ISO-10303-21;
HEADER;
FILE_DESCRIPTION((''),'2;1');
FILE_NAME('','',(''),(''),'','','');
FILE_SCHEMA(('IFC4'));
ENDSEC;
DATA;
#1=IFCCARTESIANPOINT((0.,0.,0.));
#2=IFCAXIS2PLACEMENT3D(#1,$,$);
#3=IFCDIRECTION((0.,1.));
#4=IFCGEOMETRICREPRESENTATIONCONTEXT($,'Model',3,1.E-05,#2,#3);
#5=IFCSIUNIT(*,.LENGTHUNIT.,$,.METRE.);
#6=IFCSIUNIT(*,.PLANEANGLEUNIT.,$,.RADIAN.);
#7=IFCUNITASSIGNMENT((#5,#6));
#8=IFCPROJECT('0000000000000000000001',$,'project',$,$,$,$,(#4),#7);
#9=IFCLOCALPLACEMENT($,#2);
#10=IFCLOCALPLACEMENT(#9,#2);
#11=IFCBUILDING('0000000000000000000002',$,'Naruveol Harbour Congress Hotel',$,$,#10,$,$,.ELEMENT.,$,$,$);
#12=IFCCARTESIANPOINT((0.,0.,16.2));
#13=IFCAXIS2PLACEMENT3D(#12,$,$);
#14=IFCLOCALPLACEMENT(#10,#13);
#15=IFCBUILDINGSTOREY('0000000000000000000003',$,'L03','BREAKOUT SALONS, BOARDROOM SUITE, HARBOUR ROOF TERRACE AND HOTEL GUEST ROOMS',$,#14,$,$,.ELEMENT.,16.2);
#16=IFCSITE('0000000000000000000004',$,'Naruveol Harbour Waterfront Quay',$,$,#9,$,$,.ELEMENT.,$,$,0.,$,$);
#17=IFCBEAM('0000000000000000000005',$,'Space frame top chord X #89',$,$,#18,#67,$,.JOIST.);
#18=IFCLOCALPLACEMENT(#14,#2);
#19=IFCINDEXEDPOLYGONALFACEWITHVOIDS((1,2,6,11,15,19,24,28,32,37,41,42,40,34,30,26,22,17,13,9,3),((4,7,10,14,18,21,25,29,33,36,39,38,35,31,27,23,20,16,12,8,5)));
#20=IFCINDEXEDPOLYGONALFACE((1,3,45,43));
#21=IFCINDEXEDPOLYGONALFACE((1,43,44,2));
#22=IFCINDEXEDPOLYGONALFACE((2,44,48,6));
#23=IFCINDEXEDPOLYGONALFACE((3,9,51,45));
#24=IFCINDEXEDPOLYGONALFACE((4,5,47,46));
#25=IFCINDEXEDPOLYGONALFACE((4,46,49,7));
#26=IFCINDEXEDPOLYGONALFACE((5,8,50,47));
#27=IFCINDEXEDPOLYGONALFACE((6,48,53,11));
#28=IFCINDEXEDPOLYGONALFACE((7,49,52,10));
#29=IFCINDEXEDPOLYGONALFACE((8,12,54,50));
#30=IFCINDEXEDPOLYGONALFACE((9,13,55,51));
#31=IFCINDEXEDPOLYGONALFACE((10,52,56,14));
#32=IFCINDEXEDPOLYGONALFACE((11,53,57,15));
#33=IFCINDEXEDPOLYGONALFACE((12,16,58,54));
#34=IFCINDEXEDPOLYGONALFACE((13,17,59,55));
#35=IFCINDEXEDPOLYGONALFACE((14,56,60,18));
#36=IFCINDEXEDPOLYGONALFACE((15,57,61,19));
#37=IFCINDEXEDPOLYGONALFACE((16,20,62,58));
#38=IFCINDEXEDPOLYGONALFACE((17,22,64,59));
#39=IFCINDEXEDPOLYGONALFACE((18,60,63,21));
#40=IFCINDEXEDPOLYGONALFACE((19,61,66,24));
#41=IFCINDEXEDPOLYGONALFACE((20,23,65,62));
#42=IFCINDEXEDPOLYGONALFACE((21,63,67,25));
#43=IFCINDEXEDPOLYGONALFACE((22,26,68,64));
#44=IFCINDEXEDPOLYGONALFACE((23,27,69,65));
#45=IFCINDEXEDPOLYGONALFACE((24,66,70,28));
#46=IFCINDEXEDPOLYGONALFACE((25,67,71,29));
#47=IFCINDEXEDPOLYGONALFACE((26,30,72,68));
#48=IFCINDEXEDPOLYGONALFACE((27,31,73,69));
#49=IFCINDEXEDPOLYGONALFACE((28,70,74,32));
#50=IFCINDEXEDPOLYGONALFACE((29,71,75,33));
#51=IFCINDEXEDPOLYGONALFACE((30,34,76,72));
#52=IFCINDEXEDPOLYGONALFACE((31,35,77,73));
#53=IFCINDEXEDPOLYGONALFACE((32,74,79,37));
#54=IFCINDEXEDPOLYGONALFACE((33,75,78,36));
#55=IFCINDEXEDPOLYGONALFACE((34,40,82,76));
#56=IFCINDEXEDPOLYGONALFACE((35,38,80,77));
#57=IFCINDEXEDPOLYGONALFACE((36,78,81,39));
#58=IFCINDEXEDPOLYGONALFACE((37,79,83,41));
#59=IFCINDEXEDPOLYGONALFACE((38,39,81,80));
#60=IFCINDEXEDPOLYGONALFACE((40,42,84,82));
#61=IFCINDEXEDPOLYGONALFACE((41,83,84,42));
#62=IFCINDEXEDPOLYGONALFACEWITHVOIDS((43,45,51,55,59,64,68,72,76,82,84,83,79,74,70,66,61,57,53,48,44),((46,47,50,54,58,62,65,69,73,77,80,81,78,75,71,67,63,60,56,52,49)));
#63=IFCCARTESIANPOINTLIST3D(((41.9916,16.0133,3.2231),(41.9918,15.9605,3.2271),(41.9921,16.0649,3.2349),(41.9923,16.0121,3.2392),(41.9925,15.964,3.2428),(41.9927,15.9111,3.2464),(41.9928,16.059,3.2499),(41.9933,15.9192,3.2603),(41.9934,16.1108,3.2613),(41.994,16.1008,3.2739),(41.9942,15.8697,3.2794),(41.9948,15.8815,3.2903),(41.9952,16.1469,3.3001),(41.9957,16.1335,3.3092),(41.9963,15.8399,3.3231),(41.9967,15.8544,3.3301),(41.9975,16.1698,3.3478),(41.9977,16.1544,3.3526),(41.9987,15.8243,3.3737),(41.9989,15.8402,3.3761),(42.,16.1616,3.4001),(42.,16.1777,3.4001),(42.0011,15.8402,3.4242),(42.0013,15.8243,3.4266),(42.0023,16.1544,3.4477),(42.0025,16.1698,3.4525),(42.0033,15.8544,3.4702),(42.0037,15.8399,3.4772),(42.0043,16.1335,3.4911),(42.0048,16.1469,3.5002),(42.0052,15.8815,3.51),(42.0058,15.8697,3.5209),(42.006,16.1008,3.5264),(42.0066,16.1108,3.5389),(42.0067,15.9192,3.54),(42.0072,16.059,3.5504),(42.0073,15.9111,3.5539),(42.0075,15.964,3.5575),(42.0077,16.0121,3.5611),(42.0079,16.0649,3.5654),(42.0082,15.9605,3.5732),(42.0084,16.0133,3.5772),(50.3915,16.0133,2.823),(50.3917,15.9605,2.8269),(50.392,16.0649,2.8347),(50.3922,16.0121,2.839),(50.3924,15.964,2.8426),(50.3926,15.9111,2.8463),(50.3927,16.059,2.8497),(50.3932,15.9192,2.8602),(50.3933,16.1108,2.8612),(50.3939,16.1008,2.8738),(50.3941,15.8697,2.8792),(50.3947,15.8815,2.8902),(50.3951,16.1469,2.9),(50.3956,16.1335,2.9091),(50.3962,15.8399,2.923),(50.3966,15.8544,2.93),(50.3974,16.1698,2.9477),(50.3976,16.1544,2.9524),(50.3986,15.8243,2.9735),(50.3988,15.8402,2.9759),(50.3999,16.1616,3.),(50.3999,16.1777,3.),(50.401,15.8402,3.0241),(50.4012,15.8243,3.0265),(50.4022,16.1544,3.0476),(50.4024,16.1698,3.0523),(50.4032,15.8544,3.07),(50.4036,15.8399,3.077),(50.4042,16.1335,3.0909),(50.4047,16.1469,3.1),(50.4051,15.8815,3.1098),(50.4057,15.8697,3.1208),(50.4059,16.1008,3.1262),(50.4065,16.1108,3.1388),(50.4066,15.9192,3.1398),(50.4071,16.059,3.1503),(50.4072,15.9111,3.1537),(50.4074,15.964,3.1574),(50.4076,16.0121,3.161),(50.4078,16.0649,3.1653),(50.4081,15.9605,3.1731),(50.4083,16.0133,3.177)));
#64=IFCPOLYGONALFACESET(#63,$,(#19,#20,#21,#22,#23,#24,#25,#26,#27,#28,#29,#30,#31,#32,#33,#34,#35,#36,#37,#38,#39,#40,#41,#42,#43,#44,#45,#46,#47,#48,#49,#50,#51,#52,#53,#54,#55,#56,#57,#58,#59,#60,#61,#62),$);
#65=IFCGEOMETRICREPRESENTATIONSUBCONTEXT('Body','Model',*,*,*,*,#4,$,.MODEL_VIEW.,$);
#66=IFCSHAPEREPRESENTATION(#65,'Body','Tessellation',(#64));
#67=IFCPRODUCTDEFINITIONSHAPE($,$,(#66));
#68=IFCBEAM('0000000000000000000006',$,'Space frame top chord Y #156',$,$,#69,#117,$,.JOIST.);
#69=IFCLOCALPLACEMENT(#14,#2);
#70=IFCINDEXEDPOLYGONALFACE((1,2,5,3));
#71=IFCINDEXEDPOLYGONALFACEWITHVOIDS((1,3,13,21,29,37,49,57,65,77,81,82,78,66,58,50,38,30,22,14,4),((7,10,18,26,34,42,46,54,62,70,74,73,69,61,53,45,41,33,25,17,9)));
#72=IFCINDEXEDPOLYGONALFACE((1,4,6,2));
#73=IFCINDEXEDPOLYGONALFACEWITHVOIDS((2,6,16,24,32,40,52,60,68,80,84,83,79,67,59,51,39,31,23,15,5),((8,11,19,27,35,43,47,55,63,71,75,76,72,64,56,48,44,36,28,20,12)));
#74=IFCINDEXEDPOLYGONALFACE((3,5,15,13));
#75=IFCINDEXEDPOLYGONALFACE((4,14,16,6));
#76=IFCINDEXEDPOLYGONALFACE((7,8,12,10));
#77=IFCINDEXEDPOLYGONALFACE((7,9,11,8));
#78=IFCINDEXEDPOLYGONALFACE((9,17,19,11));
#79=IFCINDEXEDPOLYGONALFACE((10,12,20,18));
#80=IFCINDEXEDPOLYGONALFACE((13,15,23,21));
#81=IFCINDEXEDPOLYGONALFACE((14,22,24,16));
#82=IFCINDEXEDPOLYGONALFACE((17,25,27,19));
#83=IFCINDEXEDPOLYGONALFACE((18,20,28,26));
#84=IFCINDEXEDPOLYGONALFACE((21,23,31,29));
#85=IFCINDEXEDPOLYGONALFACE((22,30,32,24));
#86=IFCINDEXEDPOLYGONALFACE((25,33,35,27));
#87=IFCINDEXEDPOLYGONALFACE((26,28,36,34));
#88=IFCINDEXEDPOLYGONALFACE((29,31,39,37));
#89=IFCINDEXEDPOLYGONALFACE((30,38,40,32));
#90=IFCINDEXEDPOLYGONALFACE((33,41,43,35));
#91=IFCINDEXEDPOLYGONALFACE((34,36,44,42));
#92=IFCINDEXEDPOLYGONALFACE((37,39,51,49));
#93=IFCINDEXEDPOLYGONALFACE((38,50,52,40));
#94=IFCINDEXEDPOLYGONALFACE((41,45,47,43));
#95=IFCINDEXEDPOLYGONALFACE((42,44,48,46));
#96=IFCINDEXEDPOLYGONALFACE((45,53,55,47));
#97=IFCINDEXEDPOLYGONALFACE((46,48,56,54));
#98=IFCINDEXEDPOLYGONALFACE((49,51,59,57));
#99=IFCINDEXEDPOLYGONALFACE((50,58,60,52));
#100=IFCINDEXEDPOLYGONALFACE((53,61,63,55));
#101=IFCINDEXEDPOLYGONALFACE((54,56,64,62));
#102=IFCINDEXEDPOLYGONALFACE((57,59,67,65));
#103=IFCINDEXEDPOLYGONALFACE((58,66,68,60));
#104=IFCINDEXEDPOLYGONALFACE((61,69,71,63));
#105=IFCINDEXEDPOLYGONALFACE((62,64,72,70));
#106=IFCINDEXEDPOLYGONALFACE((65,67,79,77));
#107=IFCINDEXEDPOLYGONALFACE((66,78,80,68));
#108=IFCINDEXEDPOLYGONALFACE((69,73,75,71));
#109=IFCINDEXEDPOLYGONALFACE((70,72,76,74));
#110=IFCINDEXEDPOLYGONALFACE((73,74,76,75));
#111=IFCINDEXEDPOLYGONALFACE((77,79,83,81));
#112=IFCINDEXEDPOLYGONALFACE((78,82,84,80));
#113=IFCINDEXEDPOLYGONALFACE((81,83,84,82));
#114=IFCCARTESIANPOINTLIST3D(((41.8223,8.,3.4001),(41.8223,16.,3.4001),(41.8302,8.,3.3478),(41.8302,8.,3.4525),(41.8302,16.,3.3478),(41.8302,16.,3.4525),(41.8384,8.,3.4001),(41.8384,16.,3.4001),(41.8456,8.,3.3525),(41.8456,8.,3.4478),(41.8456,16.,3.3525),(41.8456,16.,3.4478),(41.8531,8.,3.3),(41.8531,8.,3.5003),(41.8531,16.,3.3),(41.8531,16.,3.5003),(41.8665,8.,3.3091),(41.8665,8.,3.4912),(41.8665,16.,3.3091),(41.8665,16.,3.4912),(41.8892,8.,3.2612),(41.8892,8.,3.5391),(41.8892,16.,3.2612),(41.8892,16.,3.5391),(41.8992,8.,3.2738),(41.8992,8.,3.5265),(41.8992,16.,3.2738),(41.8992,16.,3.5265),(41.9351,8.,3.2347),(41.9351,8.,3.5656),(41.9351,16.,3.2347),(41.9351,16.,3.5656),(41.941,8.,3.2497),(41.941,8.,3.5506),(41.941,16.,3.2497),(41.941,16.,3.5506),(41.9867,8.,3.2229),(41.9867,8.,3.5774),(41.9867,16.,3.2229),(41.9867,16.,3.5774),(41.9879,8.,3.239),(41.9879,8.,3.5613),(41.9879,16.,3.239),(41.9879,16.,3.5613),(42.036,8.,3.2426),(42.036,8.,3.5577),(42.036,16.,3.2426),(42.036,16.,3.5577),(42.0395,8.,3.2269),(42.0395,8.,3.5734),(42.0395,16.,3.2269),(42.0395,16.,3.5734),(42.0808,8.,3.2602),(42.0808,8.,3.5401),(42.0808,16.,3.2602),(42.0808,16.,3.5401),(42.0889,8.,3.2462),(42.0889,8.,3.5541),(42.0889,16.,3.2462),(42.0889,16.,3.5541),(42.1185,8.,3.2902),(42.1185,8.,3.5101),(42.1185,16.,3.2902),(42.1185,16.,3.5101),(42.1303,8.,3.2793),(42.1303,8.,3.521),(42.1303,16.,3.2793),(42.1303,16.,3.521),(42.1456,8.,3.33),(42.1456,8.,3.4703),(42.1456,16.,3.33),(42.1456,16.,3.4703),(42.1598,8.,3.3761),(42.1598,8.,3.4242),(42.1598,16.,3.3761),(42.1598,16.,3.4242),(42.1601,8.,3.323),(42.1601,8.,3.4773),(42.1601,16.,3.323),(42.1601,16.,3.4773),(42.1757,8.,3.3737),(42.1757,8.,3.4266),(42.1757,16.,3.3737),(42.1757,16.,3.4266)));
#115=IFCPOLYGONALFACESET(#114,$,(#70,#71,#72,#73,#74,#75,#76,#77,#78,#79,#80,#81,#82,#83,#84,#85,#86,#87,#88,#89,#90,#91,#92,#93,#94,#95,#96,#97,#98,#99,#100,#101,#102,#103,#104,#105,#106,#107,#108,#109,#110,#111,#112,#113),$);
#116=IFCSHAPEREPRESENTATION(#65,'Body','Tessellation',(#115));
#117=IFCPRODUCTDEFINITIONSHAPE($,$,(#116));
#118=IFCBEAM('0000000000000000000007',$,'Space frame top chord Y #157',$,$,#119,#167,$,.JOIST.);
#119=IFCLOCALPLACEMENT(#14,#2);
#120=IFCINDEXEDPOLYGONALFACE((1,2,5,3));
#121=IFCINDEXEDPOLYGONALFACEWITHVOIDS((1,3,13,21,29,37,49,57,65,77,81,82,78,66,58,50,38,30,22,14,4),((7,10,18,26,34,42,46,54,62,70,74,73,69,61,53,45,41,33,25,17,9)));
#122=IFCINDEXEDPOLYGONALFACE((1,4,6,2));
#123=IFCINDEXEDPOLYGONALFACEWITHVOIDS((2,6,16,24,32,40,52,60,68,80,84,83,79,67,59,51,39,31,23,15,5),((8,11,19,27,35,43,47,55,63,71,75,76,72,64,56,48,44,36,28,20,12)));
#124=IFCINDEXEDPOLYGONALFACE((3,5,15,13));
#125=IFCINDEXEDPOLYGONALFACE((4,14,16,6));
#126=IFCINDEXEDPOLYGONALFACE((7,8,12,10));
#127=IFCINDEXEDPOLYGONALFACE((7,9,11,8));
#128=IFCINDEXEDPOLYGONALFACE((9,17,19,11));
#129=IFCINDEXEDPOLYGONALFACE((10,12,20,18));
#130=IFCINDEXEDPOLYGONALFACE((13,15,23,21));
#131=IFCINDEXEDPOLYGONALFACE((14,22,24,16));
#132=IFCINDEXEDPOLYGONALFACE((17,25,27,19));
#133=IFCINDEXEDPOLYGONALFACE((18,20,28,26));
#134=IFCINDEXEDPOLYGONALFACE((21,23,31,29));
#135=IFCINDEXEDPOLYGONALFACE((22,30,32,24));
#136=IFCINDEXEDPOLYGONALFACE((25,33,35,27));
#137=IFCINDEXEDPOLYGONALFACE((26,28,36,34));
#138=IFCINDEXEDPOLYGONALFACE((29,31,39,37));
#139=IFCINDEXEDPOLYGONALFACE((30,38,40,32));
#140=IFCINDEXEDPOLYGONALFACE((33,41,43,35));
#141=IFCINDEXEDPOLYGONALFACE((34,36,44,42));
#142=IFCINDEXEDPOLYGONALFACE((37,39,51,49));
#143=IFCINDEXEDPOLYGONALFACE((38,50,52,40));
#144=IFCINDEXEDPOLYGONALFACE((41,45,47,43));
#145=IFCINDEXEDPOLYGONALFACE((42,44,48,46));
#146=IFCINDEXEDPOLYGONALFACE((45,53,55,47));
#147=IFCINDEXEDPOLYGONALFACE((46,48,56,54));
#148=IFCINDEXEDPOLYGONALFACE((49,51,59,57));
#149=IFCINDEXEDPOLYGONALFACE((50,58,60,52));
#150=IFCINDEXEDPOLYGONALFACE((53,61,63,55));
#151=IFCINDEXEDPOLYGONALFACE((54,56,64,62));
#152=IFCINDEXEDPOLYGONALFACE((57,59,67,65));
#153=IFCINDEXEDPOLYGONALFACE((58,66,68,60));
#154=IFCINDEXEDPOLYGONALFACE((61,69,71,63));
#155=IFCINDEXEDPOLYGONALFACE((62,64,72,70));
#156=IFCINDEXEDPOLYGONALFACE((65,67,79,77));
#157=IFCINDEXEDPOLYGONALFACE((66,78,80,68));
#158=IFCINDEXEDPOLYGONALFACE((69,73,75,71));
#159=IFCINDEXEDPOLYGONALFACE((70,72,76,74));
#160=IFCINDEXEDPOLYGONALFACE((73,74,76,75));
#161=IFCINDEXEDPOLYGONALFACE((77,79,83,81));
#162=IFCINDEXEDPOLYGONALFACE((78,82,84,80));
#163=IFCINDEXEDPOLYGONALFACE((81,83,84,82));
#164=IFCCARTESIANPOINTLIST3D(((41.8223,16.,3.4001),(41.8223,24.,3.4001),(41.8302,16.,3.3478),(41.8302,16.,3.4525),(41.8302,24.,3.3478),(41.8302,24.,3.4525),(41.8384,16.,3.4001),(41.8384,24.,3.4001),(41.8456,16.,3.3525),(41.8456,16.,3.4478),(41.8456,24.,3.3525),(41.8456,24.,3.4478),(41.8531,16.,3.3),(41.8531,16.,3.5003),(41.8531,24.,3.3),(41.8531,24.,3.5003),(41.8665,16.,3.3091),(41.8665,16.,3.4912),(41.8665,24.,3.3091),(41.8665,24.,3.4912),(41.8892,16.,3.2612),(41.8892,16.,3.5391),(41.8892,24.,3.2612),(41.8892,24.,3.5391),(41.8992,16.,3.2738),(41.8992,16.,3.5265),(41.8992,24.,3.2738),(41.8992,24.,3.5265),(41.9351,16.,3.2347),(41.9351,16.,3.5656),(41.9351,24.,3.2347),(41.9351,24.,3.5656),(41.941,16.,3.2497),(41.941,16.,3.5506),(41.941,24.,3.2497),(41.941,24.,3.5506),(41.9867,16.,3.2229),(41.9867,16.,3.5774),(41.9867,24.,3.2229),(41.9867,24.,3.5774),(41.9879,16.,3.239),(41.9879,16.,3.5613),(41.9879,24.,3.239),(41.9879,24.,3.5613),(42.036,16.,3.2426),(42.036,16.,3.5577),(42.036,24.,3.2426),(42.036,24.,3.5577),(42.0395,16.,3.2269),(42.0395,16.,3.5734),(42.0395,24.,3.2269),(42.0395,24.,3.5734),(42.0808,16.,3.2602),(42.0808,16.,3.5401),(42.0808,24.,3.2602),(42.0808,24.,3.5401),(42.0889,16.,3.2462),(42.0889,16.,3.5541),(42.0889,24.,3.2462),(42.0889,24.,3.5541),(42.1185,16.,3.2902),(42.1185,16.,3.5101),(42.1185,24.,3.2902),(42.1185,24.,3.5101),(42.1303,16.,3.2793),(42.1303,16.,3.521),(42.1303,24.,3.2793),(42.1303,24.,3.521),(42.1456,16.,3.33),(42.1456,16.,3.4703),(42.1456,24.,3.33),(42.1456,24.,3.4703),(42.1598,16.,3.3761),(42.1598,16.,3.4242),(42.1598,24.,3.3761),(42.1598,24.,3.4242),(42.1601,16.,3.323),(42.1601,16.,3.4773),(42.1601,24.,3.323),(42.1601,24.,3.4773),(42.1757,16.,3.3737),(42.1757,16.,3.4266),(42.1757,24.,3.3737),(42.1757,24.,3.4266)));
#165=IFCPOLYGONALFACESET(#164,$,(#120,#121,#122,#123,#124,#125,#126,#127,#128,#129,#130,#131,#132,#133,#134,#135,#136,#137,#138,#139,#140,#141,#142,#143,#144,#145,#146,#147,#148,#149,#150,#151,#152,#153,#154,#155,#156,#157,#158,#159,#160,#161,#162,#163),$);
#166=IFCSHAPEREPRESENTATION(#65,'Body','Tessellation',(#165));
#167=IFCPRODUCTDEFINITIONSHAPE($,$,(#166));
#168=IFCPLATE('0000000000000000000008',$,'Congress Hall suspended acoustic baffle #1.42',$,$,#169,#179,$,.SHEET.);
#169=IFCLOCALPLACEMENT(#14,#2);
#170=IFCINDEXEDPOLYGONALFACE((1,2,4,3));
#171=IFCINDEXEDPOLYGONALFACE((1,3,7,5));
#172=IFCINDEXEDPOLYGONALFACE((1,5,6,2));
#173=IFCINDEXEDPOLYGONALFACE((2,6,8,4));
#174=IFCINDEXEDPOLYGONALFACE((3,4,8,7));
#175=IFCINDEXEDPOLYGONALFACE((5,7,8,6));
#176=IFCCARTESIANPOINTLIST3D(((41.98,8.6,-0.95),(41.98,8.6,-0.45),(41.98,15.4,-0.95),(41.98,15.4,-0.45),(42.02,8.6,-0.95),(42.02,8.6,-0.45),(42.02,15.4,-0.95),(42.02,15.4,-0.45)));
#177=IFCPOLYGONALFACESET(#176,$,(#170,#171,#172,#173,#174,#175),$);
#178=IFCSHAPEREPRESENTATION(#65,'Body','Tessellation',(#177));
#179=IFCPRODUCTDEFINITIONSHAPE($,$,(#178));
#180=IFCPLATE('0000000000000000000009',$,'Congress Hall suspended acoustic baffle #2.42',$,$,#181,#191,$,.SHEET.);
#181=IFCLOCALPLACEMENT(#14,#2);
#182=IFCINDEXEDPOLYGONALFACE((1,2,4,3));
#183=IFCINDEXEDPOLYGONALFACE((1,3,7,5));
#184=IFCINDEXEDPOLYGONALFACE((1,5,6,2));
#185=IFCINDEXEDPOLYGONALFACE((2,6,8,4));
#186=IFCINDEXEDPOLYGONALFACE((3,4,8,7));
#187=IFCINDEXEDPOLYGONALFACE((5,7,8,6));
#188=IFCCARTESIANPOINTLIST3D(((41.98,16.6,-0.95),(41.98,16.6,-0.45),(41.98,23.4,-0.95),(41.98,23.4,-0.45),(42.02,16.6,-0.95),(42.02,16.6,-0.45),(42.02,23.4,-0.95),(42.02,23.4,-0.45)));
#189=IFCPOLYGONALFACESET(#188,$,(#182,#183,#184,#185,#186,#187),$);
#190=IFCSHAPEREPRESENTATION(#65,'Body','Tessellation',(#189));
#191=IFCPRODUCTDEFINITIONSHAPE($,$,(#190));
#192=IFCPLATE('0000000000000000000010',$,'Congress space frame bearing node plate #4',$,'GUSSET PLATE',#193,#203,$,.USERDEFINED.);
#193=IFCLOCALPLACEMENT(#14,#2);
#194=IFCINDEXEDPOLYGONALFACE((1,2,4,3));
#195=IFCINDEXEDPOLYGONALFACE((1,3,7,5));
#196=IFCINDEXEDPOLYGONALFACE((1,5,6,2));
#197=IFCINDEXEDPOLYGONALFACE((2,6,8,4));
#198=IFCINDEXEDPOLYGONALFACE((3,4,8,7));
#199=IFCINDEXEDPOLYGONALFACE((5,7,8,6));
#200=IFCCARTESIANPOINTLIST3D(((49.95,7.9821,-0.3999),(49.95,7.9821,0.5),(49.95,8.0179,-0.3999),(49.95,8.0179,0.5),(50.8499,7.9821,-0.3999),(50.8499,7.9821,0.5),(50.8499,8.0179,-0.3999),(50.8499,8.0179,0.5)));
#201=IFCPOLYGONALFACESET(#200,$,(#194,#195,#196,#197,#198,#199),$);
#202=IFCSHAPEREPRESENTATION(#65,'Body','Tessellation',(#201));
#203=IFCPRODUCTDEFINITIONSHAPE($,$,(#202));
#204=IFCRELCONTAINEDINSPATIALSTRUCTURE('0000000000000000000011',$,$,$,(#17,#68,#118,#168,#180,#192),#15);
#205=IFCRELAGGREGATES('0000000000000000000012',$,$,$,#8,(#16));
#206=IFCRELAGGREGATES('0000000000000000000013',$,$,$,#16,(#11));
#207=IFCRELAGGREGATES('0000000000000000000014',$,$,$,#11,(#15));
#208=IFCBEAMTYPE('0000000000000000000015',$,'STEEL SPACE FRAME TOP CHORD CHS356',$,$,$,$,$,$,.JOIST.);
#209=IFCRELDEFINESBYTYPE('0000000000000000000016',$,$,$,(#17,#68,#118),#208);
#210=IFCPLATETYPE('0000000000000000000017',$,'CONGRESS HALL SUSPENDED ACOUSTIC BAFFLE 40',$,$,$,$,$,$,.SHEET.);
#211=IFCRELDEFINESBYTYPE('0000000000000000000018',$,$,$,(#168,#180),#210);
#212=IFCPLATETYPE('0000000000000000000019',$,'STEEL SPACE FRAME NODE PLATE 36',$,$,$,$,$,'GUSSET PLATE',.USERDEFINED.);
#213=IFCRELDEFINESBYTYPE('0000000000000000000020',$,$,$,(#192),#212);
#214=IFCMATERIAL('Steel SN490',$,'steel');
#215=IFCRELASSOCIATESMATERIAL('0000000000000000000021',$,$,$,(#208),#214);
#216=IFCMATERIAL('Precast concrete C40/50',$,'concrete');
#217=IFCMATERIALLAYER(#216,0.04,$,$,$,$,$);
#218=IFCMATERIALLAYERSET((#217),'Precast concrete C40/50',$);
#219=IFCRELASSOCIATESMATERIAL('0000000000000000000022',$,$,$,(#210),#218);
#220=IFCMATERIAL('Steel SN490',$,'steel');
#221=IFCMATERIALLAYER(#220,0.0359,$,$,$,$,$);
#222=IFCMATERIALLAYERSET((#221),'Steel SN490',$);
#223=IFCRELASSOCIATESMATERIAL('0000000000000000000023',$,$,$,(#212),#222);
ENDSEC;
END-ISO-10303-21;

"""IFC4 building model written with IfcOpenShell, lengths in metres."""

from ifc_helpers import new_model, si_unit, direction, frame, origin, origin_2d, place, context, subcontext, project, spatial, rectangle, hollow_circle, extrude, material, layer, layer_set, material_profile, profile_set, type_object, element, save


model = new_model("IFC4")

# Units and contexts
model_context = context("Model", 3, precision=1e-05, world=origin(), true_north=direction((0.0, 1.0)))
body_context = subcontext(model_context, "Body", "Model", "MODEL_VIEW")
ifc_project = project(units=[si_unit("LENGTHUNIT", "METRE"), si_unit("PLANEANGLEUNIT", "RADIAN")], contexts=[model_context])

# Site, building, storey
site_placement = place(None, origin())
site = spatial("IfcSite", under=ifc_project, at=site_placement, Name="Naruveol Harbour Waterfront Quay", CompositionType="ELEMENT", RefElevation=0.0)
building_placement = place(site_placement, origin())
building = spatial("IfcBuilding", under=site, at=building_placement, Name="Naruveol Harbour Congress Hotel", CompositionType="ELEMENT")
storey_placement = place(building_placement, frame((0.0, 0.0, 16.2)))
storey = spatial("IfcBuildingStorey", under=building, at=storey_placement, Name="L03", Description="BREAKOUT SALONS, BOARDROOM SUITE, HARBOUR ROOF TERRACE AND HOTEL GUEST ROOMS", CompositionType="ELEMENT", Elevation=16.2)

# Beams
ifc_material_1 = material(Name="Steel SN490", Category="steel")
ifc_material_profile_1 = material_profile(ifc_material_1, hollow_circle(Radius=0.1777, WallThickness=0.0161, at=origin_2d()), Name="CHS-355.6x16")
ifc_profile_set_1 = profile_set([ifc_material_profile_1], Name="Steel SN490")
beam_type_1 = type_object("IfcBeamType", Name="STEEL SPACE FRAME TOP CHORD CHS356", PredefinedType="JOIST", material=ifc_profile_set_1)
for number, where, z_axis, x_axis, name in (
    (1, (42.0, 16.0, 3.4001), (0.998867, 0.0, -0.047583), (0.0, 1.0, 0.0), "Space frame top chord X #89"),
):
    element("IfcBeam", number, at=place(storey_placement, frame(where, z_axis=z_axis, x_axis=x_axis)), inside=storey, type_object=beam_type_1, Name=name, PredefinedType="JOIST", context=body_context, shape_type="SweptSolid", body=[
        extrude(hollow_circle(Radius=0.1777, WallThickness=0.0161, at=origin_2d()), origin(), (0.0, 0.0, 1.0), 8.4094),
    ])
for number, where, z_axis, x_axis, name in (
    (2, (42.0, 8.0, 3.4001), (0.0, 1.0, 0.0), (-1.0, 0.0, 0.0), "Space frame top chord Y #156"),
    (3, (42.0, 16.0, 3.4001), (0.0, 1.0, 0.0), (-1.0, 0.0, 0.0), "Space frame top chord Y #157"),
):
    element("IfcBeam", number, at=place(storey_placement, frame(where, z_axis=z_axis, x_axis=x_axis)), inside=storey, type_object=beam_type_1, Name=name, PredefinedType="JOIST", context=body_context, shape_type="SweptSolid", body=[
        extrude(hollow_circle(Radius=0.1777, WallThickness=0.0161, at=origin_2d()), origin(), (0.0, 0.0, 1.0), 8.0),
    ])

# Plates
ifc_material_2 = material(Name="Precast concrete C40/50", Category="concrete")
ifc_layer_1 = layer(ifc_material_2, 0.04)
ifc_layer_set_1 = layer_set([ifc_layer_1], Name="Precast concrete C40/50")
plate_type_1 = type_object("IfcPlateType", Name="CONGRESS HALL SUSPENDED ACOUSTIC BAFFLE 40", PredefinedType="SHEET", material=ifc_layer_set_1)
for number, where, z_axis, x_axis, name in (
    (4, (42.0, 12.0, -0.95), (0.0, 0.0, 1.0), (1.0, 0.0, 0.0), "Congress Hall suspended acoustic baffle #1.42"),
    (5, (42.0, 20.0, -0.95), (0.0, 0.0, 1.0), (1.0, 0.0, 0.0), "Congress Hall suspended acoustic baffle #2.42"),
):
    element("IfcPlate", number, at=place(storey_placement, frame(where, z_axis=z_axis, x_axis=x_axis)), inside=storey, type_object=plate_type_1, Name=name, PredefinedType="SHEET", context=body_context, shape_type="SweptSolid", body=[
        extrude(rectangle(XDim=0.04, YDim=6.8, at=origin_2d()), origin(), (0.0, 0.0, 1.0), 0.5),
    ])
ifc_material_3 = material(Name="Steel SN490", Category="steel")
ifc_layer_2 = layer(ifc_material_3, 0.0359)
ifc_layer_set_2 = layer_set([ifc_layer_2], Name="Steel SN490")
plate_type_2 = type_object("IfcPlateType", Name="STEEL SPACE FRAME NODE PLATE 36", ElementType="GUSSET PLATE", PredefinedType="USERDEFINED", material=ifc_layer_set_2)
plate_placement = place(storey_placement, frame((50.3999, 8.0, -0.3999), z_axis=(0.0, 0.0, 1.0), x_axis=(1.0, 0.0, 0.0)))
element("IfcPlate", 6, at=plate_placement, inside=storey, type_object=plate_type_2, Name="Congress space frame bearing node plate #4", ObjectType="GUSSET PLATE", PredefinedType="USERDEFINED", context=body_context, shape_type="SweptSolid", body=[
    extrude(rectangle(XDim=0.8999, YDim=0.0359, at=origin_2d()), origin(), (0.0, 0.0, 1.0), 0.8999),
])

save(model, "model.ifc")
